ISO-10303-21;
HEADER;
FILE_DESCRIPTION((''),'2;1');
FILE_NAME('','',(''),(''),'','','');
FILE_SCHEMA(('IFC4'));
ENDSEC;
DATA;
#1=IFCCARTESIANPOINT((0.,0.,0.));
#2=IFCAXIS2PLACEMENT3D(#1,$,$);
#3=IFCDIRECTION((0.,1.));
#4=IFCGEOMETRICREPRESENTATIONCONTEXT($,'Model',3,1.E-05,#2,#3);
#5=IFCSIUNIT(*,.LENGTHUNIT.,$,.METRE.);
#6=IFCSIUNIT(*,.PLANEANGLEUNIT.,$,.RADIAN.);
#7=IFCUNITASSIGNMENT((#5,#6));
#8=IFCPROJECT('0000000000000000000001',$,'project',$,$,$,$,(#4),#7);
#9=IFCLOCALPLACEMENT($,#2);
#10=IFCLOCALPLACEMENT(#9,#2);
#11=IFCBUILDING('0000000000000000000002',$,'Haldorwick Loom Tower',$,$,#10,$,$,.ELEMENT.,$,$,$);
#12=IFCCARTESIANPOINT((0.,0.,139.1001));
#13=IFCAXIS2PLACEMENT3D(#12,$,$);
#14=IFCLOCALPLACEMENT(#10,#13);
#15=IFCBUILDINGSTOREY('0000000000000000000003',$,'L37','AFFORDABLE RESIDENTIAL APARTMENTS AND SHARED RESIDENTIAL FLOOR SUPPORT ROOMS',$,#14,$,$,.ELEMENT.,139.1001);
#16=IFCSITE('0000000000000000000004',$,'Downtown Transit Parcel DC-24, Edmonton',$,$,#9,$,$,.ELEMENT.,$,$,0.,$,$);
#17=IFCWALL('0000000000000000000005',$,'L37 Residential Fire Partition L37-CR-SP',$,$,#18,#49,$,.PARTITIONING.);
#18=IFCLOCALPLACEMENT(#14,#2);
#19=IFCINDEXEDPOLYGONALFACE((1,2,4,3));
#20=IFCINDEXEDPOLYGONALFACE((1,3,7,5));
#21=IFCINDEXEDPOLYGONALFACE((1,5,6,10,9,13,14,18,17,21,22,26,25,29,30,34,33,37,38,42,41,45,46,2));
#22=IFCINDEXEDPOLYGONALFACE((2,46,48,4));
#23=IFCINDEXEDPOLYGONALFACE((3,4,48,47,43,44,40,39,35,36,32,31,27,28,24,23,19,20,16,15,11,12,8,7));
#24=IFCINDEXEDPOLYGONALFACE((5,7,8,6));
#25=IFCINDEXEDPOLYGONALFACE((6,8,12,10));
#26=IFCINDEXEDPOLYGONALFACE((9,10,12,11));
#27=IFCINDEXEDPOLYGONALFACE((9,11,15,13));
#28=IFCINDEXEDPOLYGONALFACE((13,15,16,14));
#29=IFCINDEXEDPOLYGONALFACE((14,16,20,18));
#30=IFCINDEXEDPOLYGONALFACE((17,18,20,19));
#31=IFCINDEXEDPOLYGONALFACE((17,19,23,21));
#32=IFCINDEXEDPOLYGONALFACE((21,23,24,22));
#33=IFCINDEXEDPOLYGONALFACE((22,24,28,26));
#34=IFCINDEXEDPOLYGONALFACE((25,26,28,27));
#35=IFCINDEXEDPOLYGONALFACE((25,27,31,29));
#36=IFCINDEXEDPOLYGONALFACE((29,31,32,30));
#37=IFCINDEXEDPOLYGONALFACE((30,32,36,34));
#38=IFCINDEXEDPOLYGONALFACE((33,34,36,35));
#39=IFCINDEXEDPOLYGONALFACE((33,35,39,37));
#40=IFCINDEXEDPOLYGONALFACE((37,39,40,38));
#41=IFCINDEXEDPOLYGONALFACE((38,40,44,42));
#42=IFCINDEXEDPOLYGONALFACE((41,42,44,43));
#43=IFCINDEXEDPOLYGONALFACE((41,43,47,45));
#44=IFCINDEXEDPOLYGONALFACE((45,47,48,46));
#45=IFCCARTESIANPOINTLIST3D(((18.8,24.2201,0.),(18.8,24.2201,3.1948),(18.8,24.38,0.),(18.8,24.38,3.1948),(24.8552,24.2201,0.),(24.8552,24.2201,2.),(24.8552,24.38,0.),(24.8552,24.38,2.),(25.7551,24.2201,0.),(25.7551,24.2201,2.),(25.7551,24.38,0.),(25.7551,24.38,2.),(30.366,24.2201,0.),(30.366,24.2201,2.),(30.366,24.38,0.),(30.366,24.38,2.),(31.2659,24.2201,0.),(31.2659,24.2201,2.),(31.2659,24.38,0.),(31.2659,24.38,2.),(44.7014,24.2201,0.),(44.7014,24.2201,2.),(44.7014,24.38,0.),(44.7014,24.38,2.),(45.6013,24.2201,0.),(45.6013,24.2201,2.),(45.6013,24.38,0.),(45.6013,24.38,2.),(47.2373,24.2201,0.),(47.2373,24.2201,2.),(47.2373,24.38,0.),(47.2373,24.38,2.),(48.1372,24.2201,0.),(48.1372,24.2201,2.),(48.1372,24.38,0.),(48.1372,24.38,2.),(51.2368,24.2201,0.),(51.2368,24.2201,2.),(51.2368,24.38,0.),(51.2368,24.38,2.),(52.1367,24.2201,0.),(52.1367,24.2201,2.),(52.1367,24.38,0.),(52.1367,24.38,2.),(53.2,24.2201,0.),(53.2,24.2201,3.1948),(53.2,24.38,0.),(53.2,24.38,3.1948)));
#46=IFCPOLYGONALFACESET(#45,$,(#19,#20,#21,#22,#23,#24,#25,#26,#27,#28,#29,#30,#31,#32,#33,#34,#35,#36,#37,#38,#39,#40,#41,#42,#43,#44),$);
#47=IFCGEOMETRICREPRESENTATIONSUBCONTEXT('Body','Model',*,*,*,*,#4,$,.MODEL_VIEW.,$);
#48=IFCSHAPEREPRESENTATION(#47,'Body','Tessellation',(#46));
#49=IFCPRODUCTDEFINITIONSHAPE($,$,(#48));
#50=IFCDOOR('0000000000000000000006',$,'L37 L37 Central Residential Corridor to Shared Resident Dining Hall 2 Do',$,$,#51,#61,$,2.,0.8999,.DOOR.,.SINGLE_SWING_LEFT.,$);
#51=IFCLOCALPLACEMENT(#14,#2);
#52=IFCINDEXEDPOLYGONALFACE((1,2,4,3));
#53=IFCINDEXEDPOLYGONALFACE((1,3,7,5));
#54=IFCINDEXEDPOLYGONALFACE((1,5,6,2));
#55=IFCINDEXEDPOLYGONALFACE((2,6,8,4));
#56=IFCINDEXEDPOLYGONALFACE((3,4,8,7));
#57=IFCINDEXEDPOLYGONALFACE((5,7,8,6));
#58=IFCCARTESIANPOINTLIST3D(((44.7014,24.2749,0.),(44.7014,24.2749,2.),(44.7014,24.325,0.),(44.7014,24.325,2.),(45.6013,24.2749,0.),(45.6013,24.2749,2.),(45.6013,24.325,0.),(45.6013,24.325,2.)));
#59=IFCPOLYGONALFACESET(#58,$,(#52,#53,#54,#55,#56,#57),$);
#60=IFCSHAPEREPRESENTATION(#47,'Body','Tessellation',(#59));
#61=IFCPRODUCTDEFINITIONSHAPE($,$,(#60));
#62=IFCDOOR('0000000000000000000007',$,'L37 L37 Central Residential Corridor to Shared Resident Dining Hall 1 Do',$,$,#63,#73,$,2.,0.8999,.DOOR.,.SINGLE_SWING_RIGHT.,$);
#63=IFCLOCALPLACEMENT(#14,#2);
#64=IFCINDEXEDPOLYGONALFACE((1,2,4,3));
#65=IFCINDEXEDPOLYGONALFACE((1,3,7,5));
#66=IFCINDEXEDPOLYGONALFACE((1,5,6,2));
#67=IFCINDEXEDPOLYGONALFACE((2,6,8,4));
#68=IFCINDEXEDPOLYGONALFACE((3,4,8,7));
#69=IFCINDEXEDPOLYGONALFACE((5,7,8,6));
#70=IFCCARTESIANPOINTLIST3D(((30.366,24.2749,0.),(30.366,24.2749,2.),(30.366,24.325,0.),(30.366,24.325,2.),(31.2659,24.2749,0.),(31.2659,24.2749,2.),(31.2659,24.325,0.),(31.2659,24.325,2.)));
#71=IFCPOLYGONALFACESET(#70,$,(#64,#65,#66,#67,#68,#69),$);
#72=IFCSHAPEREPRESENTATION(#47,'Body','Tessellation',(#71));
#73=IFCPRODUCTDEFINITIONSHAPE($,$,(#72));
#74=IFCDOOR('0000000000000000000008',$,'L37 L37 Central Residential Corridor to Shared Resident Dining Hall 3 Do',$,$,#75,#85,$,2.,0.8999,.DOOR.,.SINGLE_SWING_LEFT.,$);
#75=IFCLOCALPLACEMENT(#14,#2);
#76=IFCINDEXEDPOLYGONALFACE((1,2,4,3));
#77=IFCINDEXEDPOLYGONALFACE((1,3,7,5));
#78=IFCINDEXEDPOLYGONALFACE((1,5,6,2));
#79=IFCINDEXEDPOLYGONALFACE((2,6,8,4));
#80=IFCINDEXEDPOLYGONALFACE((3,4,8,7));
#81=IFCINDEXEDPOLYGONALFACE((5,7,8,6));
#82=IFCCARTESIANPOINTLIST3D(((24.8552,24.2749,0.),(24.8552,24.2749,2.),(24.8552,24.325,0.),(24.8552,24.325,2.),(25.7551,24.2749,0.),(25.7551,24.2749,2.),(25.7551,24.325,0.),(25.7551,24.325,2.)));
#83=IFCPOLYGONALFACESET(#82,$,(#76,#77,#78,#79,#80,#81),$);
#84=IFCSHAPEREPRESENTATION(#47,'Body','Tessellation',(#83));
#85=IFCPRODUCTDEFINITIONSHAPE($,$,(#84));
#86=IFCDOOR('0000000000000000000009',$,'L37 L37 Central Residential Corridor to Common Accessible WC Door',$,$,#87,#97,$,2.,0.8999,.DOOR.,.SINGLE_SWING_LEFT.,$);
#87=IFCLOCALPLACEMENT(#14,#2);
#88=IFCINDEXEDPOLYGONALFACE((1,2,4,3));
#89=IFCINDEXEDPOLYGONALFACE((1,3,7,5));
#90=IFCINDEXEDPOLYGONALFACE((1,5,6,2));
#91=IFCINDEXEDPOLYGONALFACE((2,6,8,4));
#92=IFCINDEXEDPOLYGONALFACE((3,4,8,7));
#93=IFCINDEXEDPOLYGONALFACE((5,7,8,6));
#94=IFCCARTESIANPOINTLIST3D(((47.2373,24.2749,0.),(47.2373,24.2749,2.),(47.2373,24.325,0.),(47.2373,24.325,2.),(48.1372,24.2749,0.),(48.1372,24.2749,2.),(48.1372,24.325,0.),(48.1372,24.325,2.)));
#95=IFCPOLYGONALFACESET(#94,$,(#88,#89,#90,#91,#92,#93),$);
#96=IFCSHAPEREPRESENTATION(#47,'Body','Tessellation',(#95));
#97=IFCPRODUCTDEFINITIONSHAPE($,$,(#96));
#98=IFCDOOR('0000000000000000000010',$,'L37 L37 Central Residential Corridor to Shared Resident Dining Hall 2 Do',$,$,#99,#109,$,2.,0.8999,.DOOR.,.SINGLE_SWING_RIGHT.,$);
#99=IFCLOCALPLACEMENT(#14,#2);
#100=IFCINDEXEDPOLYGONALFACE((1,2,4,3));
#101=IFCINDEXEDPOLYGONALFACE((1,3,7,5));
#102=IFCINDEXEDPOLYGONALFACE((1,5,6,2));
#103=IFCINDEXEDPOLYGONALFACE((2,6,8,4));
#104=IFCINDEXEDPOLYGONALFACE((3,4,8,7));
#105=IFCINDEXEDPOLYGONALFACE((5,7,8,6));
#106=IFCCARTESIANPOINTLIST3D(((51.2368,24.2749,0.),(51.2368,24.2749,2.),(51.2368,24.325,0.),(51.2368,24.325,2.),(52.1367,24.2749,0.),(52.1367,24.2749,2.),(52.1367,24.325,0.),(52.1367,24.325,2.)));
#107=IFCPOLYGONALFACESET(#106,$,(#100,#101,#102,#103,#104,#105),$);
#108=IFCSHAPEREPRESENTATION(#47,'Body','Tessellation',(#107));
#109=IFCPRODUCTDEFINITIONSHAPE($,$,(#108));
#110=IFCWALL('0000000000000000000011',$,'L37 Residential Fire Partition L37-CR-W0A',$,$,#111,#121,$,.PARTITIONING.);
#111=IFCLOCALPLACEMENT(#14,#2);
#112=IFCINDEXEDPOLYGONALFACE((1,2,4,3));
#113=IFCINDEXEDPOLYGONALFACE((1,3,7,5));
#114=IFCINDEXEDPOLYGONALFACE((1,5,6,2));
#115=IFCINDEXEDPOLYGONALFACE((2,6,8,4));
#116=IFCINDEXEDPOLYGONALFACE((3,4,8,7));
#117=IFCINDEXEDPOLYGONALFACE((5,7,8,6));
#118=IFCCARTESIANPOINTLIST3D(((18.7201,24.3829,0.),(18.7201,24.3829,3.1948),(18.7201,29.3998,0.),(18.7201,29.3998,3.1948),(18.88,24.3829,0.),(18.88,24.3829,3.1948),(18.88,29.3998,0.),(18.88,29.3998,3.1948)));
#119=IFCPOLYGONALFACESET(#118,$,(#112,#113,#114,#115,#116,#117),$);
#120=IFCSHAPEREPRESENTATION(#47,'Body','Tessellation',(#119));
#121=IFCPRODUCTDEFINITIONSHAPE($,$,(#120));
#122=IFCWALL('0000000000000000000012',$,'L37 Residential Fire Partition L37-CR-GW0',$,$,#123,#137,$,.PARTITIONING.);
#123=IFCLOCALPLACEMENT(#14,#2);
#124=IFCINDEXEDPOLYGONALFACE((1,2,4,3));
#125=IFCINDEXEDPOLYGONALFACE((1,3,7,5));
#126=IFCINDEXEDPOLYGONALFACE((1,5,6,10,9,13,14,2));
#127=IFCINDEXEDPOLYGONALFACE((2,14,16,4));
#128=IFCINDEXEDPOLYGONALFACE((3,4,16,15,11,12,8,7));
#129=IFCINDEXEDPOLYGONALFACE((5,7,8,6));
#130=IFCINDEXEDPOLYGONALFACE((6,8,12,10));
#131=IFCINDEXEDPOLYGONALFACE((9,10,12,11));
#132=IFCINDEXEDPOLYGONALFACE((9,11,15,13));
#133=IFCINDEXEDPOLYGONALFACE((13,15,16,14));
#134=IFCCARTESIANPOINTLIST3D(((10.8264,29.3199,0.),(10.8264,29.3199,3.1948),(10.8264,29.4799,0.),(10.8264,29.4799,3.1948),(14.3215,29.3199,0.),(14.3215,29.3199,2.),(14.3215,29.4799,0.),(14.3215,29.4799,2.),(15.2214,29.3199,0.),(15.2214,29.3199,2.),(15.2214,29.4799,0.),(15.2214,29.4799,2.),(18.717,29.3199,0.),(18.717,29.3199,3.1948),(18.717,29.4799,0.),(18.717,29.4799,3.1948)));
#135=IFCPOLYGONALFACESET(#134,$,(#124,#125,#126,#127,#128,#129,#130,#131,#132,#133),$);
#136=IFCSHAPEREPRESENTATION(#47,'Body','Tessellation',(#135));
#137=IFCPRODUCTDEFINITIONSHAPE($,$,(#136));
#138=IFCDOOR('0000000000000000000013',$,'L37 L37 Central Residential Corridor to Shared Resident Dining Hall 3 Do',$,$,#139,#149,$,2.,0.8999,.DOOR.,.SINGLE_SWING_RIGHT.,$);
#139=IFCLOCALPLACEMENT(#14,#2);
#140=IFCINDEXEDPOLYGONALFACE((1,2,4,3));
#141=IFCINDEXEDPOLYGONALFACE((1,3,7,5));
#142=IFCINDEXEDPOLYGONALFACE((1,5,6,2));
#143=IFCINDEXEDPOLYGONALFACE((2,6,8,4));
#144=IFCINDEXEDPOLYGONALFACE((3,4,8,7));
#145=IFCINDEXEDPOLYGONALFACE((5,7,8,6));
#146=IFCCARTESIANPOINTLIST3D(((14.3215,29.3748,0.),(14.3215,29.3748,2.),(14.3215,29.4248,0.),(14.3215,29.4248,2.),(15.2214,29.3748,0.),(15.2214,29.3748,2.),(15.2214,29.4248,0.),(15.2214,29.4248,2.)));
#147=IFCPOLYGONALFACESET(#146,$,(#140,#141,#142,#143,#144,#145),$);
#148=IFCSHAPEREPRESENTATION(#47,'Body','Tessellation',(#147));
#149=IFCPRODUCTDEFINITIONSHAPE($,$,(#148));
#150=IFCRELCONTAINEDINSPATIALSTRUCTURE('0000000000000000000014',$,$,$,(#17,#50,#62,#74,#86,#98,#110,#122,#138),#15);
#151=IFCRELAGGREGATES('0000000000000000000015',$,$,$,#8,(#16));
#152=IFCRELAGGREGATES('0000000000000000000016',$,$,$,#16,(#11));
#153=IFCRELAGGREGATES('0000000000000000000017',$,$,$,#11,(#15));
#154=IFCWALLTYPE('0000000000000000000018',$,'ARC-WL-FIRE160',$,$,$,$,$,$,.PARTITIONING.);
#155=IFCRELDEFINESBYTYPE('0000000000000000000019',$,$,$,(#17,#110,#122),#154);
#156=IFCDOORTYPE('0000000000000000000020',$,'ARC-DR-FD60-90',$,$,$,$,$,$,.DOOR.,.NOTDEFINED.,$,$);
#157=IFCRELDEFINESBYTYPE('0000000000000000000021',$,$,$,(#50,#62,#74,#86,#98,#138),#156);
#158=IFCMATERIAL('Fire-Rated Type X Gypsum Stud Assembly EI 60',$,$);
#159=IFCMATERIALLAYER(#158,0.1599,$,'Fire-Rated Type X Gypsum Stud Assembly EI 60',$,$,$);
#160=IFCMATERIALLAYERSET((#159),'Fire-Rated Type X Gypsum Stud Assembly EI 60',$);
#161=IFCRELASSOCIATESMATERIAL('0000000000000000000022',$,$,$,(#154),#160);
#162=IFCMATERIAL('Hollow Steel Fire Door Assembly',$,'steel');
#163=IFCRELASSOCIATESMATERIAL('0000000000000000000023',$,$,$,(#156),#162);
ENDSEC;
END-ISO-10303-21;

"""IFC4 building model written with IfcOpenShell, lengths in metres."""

from ifc_helpers import new_model, si_unit, direction, frame, frame_2d, origin, place, context, subcontext, project, spatial, rectangle, extrude, material, layer, layer_set, type_object, element, fill, save


model = new_model("IFC4")

# Units and contexts
model_context = context("Model", 3, precision=1e-05, world=origin(), true_north=direction((0.0, 1.0)))
body_context = subcontext(model_context, "Body", "Model", "MODEL_VIEW")
ifc_project = project(units=[si_unit("LENGTHUNIT", "METRE"), si_unit("PLANEANGLEUNIT", "RADIAN")], contexts=[model_context])

# Site, building, storey
site_placement = place(None, origin())
site = spatial("IfcSite", under=ifc_project, at=site_placement, Name="Downtown Transit Parcel DC-24, Edmonton", CompositionType="ELEMENT", RefElevation=0.0)
building_placement = place(site_placement, origin())
building = spatial("IfcBuilding", under=site, at=building_placement, Name="Haldorwick Loom Tower", CompositionType="ELEMENT")
storey_placement = place(building_placement, frame((0.0, 0.0, 139.1001)))
storey = spatial("IfcBuildingStorey", under=building, at=storey_placement, Name="L37", Description="AFFORDABLE RESIDENTIAL APARTMENTS AND SHARED RESIDENTIAL FLOOR SUPPORT ROOMS", CompositionType="ELEMENT", Elevation=139.1001)

# Wall, openings, doors
ifc_material_1 = material(Name="Fire-Rated Type X Gypsum Stud Assembly EI 60")
ifc_layer_1 = layer(ifc_material_1, 0.1599, Name="Fire-Rated Type X Gypsum Stud Assembly EI 60")
ifc_layer_set_1 = layer_set([ifc_layer_1], Name="Fire-Rated Type X Gypsum Stud Assembly EI 60")
wall_type_1 = type_object("IfcWallType", Name="ARC-WL-FIRE160", PredefinedType="PARTITIONING", material=ifc_layer_set_1)
wall_1_placement = place(storey_placement, frame((18.8, 24.3, 0.0), z_axis=(0.0, 0.0, 1.0), x_axis=(1.0, 0.0, 0.0)))
wall_1 = element("IfcWall", 1, at=wall_1_placement, inside=storey, type_object=wall_type_1, Name="L37 Residential Fire Partition L37-CR-SP", PredefinedType="PARTITIONING", context=body_context, shape_type="SweptSolid", body=[
    extrude(rectangle(XDim=34.3999, YDim=0.1599, at=frame_2d((17.2, 0.0))), origin(), (0.0, 0.0, 1.0), 3.1948),
])
opening_1_placement = place(wall_1_placement, frame((25.9014, 0.0, 0.0)))
opening_1 = element("IfcOpeningElement", 2, at=opening_1_placement, cuts=wall_1, PredefinedType="OPENING", context=body_context, shape_type="SweptSolid", body=[
    extrude(rectangle(XDim=0.8999, YDim=2.0, at=frame_2d((0.45, 1.0))), frame((0.0, 0.0898, 0.0), z_axis=(0.0, -1.0, 0.0), x_axis=(1.0, 0.0, 0.0)), (0.0, 0.0, 1.0), 0.1799),
])
opening_2_placement = place(wall_1_placement, frame((11.5659, 0.0, 0.0)))
opening_2 = element("IfcOpeningElement", 3, at=opening_2_placement, cuts=wall_1, PredefinedType="OPENING", context=body_context, shape_type="SweptSolid", body=[
    extrude(rectangle(XDim=0.8999, YDim=2.0, at=frame_2d((0.45, 1.0))), frame((0.0, 0.0898, 0.0), z_axis=(0.0, -1.0, 0.0), x_axis=(1.0, 0.0, 0.0)), (0.0, 0.0, 1.0), 0.1799),
])
opening_3_placement = place(wall_1_placement, frame((6.0552, 0.0, 0.0)))
opening_3 = element("IfcOpeningElement", 4, at=opening_3_placement, cuts=wall_1, PredefinedType="OPENING", context=body_context, shape_type="SweptSolid", body=[
    extrude(rectangle(XDim=0.8999, YDim=2.0, at=frame_2d((0.45, 1.0))), frame((0.0, 0.0898, 0.0), z_axis=(0.0, -1.0, 0.0), x_axis=(1.0, 0.0, 0.0)), (0.0, 0.0, 1.0), 0.1799),
])
opening_4_placement = place(wall_1_placement, frame((28.4373, 0.0, 0.0)))
opening_4 = element("IfcOpeningElement", 5, at=opening_4_placement, cuts=wall_1, PredefinedType="OPENING", context=body_context, shape_type="SweptSolid", body=[
    extrude(rectangle(XDim=0.8999, YDim=2.0, at=frame_2d((0.45, 1.0))), frame((0.0, 0.0898, 0.0), z_axis=(0.0, -1.0, 0.0), x_axis=(1.0, 0.0, 0.0)), (0.0, 0.0, 1.0), 0.1799),
])
opening_5_placement = place(wall_1_placement, frame((32.4368, 0.0, 0.0)))
opening_5 = element("IfcOpeningElement", 6, at=opening_5_placement, cuts=wall_1, PredefinedType="OPENING", context=body_context, shape_type="SweptSolid", body=[
    extrude(rectangle(XDim=0.8999, YDim=2.0, at=frame_2d((0.45, 1.0))), frame((0.0, 0.0898, 0.0), z_axis=(0.0, -1.0, 0.0), x_axis=(1.0, 0.0, 0.0)), (0.0, 0.0, 1.0), 0.1799),
])
ifc_material_2 = material(Name="Hollow Steel Fire Door Assembly", Category="steel")
door_type = type_object("IfcDoorType", Name="ARC-DR-FD60-90", OperationType="NOTDEFINED", PredefinedType="DOOR", material=ifc_material_2)
door_1_placement = place(opening_1_placement, origin())
door_1 = element("IfcDoor", 7, at=door_1_placement, inside=storey, type_object=door_type, Name="L37 L37 Central Residential Corridor to Shared Resident Dining Hall 2 Do", OperationType="SINGLE_SWING_LEFT", OverallHeight=2.0, OverallWidth=0.8999, PredefinedType="DOOR", context=body_context, shape_type="SweptSolid", body=[
    extrude(rectangle(XDim=0.8999, YDim=2.0, at=frame_2d((0.45, 1.0))), frame((0.0, 0.0249, 0.0), z_axis=(0.0, -1.0, 0.0), x_axis=(1.0, 0.0, 0.0)), (0.0, 0.0, 1.0), 0.05),
])
fill(opening_1, door_1)
door_2_placement = place(opening_2_placement, origin())
door_2 = element("IfcDoor", 8, at=door_2_placement, inside=storey, type_object=door_type, Name="L37 L37 Central Residential Corridor to Shared Resident Dining Hall 1 Do", OperationType="SINGLE_SWING_RIGHT", OverallHeight=2.0, OverallWidth=0.8999, PredefinedType="DOOR", context=body_context, shape_type="SweptSolid", body=[
    extrude(rectangle(XDim=0.8999, YDim=2.0, at=frame_2d((0.45, 1.0))), frame((0.0, 0.0249, 0.0), z_axis=(0.0, -1.0, 0.0), x_axis=(1.0, 0.0, 0.0)), (0.0, 0.0, 1.0), 0.05),
])
fill(opening_2, door_2)
door_3_placement = place(opening_3_placement, origin())
door_3 = element("IfcDoor", 9, at=door_3_placement, inside=storey, type_object=door_type, Name="L37 L37 Central Residential Corridor to Shared Resident Dining Hall 3 Do", OperationType="SINGLE_SWING_LEFT", OverallHeight=2.0, OverallWidth=0.8999, PredefinedType="DOOR", context=body_context, shape_type="SweptSolid", body=[
    extrude(rectangle(XDim=0.8999, YDim=2.0, at=frame_2d((0.45, 1.0))), frame((0.0, 0.0249, 0.0), z_axis=(0.0, -1.0, 0.0), x_axis=(1.0, 0.0, 0.0)), (0.0, 0.0, 1.0), 0.05),
])
fill(opening_3, door_3)
door_4_placement = place(opening_4_placement, origin())
door_4 = element("IfcDoor", 10, at=door_4_placement, inside=storey, type_object=door_type, Name="L37 L37 Central Residential Corridor to Common Accessible WC Door", OperationType="SINGLE_SWING_LEFT", OverallHeight=2.0, OverallWidth=0.8999, PredefinedType="DOOR", context=body_context, shape_type="SweptSolid", body=[
    extrude(rectangle(XDim=0.8999, YDim=2.0, at=frame_2d((0.45, 1.0))), frame((0.0, 0.0249, 0.0), z_axis=(0.0, -1.0, 0.0), x_axis=(1.0, 0.0, 0.0)), (0.0, 0.0, 1.0), 0.05),
])
fill(opening_4, door_4)
door_5_placement = place(opening_5_placement, origin())
door_5 = element("IfcDoor", 11, at=door_5_placement, inside=storey, type_object=door_type, Name="L37 L37 Central Residential Corridor to Shared Resident Dining Hall 2 Do", OperationType="SINGLE_SWING_RIGHT", OverallHeight=2.0, OverallWidth=0.8999, PredefinedType="DOOR", context=body_context, shape_type="SweptSolid", body=[
    extrude(rectangle(XDim=0.8999, YDim=2.0, at=frame_2d((0.45, 1.0))), frame((0.0, 0.0249, 0.0), z_axis=(0.0, -1.0, 0.0), x_axis=(1.0, 0.0, 0.0)), (0.0, 0.0, 1.0), 0.05),
])
fill(opening_5, door_5)

# Wall
wall_2_placement = place(storey_placement, frame((18.8, 24.3831, 0.0), z_axis=(0.0, 0.0, 1.0), x_axis=(0.0, 1.0, 0.0)))
element("IfcWall", 12, at=wall_2_placement, inside=storey, type_object=wall_type_1, Name="L37 Residential Fire Partition L37-CR-W0A", PredefinedType="PARTITIONING", context=body_context, shape_type="SweptSolid", body=[
    extrude(rectangle(XDim=5.0168, YDim=0.1599, at=frame_2d((2.5083, 0.0))), origin(), (0.0, 0.0, 1.0), 3.1948),
])

# Wall, opening, door
wall_3_placement = place(storey_placement, frame((10.8264, 29.3999, 0.0), z_axis=(0.0, 0.0, 1.0), x_axis=(1.0, 0.0, 0.0)))
wall_3 = element("IfcWall", 13, at=wall_3_placement, inside=storey, type_object=wall_type_1, Name="L37 Residential Fire Partition L37-CR-GW0", PredefinedType="PARTITIONING", context=body_context, shape_type="SweptSolid", body=[
    extrude(rectangle(XDim=7.8906, YDim=0.1599, at=frame_2d((3.9453, 0.0))), origin(), (0.0, 0.0, 1.0), 3.1948),
])
opening_6_placement = place(wall_3_placement, frame((3.4951, 0.0, 0.0)))
opening_6 = element("IfcOpeningElement", 14, at=opening_6_placement, cuts=wall_3, PredefinedType="OPENING", context=body_context, shape_type="SweptSolid", body=[
    extrude(rectangle(XDim=0.8999, YDim=2.0, at=frame_2d((0.45, 1.0))), frame((0.0, 0.0898, 0.0), z_axis=(0.0, -1.0, 0.0), x_axis=(1.0, 0.0, 0.0)), (0.0, 0.0, 1.0), 0.1799),
])
door_6_placement = place(opening_6_placement, origin())
door_6 = element("IfcDoor", 15, at=door_6_placement, inside=storey, type_object=door_type, Name="L37 L37 Central Residential Corridor to Shared Resident Dining Hall 3 Do", OperationType="SINGLE_SWING_RIGHT", OverallHeight=2.0, OverallWidth=0.8999, PredefinedType="DOOR", context=body_context, shape_type="SweptSolid", body=[
    extrude(rectangle(XDim=0.8999, YDim=2.0, at=frame_2d((0.45, 1.0))), frame((0.0, 0.0249, 0.0), z_axis=(0.0, -1.0, 0.0), x_axis=(1.0, 0.0, 0.0)), (0.0, 0.0, 1.0), 0.05),
])
fill(opening_6, door_6)

save(model, "model.ifc")
